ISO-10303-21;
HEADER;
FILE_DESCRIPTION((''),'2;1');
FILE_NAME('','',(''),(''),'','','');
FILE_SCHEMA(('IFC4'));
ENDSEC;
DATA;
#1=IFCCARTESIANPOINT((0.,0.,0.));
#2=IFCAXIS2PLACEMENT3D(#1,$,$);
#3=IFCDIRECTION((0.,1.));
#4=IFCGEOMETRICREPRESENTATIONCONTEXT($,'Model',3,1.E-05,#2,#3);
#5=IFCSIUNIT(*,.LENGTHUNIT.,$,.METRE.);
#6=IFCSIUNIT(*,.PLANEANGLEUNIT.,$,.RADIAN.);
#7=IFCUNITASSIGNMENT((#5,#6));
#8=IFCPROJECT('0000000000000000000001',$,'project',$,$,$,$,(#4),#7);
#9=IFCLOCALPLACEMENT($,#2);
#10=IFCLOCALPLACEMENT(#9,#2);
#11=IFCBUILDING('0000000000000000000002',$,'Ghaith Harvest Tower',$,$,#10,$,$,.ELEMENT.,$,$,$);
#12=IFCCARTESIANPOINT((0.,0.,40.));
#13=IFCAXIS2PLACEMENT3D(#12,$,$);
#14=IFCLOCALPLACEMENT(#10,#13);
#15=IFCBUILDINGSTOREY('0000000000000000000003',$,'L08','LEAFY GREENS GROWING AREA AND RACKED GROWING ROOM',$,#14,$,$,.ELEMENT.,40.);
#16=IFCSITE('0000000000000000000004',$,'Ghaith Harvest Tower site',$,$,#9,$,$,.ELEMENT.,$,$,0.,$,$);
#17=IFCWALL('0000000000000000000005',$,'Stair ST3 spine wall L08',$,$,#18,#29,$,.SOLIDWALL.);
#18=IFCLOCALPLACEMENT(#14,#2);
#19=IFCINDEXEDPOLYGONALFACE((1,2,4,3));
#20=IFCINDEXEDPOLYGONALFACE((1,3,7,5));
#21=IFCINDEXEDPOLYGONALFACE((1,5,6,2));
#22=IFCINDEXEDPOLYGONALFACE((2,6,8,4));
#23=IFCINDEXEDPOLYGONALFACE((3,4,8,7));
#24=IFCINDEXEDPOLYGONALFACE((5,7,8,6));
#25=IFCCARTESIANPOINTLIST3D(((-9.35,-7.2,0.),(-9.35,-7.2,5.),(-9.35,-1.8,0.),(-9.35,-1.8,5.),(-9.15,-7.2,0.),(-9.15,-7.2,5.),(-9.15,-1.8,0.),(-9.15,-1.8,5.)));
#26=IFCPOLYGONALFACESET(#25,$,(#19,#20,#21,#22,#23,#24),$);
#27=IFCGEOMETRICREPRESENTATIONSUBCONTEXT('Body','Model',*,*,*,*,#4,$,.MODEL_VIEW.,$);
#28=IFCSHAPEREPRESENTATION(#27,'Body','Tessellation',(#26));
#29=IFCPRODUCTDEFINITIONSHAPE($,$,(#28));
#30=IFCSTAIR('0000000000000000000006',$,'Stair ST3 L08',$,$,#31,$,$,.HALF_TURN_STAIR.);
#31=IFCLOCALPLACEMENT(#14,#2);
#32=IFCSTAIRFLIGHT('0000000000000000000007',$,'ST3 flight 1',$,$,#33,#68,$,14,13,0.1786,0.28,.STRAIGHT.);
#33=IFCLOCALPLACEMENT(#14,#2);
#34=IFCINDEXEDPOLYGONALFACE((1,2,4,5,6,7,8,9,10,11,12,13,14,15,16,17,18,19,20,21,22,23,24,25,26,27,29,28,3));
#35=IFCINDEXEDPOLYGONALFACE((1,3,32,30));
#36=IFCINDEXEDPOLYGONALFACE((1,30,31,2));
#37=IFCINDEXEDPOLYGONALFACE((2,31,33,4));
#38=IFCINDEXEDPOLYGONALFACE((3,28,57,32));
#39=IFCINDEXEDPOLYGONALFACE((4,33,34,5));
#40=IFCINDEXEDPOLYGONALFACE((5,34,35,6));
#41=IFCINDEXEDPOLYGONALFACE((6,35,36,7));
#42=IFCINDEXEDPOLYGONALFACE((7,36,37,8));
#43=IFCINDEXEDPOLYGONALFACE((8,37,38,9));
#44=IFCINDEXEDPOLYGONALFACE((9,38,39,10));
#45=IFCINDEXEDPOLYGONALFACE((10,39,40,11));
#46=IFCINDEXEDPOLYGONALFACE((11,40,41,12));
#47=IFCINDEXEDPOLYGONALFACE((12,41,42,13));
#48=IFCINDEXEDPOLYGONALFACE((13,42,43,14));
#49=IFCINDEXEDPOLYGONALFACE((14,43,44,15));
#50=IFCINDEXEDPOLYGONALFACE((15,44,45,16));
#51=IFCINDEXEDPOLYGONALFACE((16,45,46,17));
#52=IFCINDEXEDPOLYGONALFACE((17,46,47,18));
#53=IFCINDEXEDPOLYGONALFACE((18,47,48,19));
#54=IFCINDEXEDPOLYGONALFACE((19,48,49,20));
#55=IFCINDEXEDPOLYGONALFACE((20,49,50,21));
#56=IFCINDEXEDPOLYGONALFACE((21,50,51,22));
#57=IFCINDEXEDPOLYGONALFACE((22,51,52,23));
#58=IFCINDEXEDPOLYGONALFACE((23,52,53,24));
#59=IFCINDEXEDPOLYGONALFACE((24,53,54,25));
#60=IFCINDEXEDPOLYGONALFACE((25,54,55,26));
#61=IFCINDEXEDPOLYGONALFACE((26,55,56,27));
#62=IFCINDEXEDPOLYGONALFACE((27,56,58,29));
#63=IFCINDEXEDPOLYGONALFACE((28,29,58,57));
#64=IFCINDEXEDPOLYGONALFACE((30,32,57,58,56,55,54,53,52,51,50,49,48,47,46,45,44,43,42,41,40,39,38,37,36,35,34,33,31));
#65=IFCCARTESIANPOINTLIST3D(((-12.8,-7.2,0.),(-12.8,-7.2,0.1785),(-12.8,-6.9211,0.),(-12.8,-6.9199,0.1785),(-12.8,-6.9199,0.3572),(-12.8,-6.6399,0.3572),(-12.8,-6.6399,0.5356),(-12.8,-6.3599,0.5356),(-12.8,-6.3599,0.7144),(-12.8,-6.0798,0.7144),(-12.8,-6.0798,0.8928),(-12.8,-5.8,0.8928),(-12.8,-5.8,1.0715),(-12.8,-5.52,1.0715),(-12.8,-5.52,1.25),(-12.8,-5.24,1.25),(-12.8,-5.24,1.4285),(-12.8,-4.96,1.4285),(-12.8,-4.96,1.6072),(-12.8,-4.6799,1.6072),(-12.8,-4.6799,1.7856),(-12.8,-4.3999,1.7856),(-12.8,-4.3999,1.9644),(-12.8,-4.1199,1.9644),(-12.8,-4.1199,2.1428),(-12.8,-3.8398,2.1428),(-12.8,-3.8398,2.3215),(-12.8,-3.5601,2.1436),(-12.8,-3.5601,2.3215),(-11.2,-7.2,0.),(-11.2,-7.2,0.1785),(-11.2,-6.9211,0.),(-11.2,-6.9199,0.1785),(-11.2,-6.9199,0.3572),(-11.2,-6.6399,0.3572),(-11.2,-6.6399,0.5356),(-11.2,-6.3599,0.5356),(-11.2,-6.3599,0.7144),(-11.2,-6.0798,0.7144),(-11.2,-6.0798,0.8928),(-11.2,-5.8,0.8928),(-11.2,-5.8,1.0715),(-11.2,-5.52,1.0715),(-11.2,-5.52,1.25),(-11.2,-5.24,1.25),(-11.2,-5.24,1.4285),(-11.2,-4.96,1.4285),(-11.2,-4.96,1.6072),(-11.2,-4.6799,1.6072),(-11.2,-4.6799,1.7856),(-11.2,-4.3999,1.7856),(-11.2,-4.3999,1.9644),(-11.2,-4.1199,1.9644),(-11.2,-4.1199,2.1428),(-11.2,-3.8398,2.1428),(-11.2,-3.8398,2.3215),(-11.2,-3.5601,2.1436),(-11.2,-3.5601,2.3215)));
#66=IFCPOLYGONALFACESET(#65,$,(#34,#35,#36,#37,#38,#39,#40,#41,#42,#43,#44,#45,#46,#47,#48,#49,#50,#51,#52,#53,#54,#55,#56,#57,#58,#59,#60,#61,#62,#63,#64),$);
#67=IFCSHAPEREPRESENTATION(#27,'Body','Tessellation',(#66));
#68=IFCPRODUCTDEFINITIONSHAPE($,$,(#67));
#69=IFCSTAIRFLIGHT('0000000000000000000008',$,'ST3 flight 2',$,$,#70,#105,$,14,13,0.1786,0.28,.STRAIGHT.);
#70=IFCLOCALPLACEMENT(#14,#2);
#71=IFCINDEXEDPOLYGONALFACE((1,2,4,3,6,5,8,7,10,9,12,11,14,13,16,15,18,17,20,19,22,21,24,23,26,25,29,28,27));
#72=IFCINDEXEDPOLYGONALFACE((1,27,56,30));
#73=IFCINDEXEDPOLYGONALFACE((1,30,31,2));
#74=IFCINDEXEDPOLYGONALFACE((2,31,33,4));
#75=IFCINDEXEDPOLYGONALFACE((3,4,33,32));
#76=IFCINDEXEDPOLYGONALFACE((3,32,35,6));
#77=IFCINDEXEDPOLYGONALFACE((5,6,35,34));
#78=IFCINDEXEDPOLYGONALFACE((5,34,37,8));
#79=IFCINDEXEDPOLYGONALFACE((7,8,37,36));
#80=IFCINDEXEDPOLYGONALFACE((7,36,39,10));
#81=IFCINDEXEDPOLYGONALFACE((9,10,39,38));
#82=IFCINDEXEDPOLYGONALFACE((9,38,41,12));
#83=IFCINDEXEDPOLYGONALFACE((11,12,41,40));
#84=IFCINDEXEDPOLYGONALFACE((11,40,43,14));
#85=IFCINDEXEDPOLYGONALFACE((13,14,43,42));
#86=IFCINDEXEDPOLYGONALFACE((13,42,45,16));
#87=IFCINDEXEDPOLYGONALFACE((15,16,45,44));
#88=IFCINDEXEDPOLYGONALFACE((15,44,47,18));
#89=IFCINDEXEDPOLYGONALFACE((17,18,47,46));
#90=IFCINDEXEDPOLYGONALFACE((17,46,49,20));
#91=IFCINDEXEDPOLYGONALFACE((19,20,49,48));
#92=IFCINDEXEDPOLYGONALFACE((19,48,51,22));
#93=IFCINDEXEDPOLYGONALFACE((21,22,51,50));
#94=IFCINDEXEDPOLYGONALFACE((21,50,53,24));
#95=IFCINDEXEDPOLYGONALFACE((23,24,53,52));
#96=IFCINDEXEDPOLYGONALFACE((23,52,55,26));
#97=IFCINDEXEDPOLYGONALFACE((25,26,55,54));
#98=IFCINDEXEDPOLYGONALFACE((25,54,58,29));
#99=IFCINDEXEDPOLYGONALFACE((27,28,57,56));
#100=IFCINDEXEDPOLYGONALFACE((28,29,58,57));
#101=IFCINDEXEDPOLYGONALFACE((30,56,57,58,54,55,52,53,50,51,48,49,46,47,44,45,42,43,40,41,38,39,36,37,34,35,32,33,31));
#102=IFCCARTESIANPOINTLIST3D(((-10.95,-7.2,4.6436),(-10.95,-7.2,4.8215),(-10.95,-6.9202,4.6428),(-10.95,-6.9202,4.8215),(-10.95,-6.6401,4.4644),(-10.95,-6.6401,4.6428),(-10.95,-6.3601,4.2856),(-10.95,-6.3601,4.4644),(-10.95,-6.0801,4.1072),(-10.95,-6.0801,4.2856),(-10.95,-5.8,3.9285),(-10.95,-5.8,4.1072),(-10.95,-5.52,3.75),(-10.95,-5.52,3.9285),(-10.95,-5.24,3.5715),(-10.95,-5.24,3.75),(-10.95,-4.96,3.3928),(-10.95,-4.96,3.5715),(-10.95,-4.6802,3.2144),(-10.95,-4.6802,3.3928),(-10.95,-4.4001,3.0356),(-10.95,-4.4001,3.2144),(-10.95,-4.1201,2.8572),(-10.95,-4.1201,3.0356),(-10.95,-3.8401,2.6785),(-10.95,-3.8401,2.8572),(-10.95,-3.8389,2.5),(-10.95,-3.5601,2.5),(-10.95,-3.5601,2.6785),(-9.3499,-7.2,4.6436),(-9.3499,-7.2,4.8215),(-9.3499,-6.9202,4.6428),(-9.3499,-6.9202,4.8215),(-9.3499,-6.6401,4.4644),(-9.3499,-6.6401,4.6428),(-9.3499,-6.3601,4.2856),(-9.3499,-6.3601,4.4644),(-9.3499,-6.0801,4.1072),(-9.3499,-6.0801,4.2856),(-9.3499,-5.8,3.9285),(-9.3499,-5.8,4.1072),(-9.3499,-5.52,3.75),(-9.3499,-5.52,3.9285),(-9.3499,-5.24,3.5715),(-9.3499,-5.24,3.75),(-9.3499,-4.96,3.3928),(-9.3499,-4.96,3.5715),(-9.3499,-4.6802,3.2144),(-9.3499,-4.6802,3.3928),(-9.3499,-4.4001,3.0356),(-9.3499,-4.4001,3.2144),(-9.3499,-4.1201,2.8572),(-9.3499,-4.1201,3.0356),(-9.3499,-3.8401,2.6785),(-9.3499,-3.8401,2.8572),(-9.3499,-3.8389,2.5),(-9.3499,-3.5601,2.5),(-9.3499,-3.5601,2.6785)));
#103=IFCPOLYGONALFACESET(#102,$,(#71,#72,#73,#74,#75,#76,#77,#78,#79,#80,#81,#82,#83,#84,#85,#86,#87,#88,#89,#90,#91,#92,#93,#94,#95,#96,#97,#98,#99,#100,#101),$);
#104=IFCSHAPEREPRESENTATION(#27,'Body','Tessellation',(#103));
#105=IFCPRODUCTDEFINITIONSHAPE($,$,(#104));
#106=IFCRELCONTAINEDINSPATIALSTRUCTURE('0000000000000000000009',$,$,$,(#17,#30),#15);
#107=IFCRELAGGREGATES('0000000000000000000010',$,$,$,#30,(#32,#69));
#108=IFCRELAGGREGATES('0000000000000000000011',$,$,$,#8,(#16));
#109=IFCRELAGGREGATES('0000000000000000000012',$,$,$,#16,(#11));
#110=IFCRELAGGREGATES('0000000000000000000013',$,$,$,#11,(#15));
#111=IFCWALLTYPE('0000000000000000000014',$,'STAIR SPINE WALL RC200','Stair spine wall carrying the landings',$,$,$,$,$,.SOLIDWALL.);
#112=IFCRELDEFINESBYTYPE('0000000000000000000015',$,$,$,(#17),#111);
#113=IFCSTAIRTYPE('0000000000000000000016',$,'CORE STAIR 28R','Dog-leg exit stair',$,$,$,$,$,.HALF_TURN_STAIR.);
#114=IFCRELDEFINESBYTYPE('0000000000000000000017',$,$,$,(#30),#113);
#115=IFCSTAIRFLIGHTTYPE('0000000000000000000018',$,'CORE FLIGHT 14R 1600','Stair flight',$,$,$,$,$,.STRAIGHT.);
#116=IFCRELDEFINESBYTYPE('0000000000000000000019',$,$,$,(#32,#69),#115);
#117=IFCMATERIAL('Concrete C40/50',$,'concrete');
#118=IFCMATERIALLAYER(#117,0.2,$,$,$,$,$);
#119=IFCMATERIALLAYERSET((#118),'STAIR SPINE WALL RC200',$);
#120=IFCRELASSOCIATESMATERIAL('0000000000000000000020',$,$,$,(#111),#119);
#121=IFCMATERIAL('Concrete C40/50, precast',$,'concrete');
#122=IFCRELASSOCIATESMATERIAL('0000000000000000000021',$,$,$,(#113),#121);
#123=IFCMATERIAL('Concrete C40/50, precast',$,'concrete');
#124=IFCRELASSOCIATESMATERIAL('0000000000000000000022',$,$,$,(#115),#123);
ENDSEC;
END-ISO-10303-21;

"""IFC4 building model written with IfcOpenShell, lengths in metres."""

from ifc_helpers import new_model, si_unit, direction, frame, frame_2d, origin, place, context, subcontext, project, spatial, polyline, rectangle, outline, extrude, material, layer, layer_set, type_object, element, aggregate, save


model = new_model("IFC4")

# Units and contexts
model_context = context("Model", 3, precision=1e-05, world=origin(), true_north=direction((0.0, 1.0)))
body_context = subcontext(model_context, "Body", "Model", "MODEL_VIEW")
ifc_project = project(units=[si_unit("LENGTHUNIT", "METRE"), si_unit("PLANEANGLEUNIT", "RADIAN")], contexts=[model_context])

# Site, building, storey
site_placement = place(None, origin())
site = spatial("IfcSite", under=ifc_project, at=site_placement, Name="Ghaith Harvest Tower site", CompositionType="ELEMENT", RefElevation=0.0)
building_placement = place(site_placement, origin())
building = spatial("IfcBuilding", under=site, at=building_placement, Name="Ghaith Harvest Tower", CompositionType="ELEMENT")
storey_placement = place(building_placement, frame((0.0, 0.0, 40.0)))
storey = spatial("IfcBuildingStorey", under=building, at=storey_placement, Name="L08", Description="LEAFY GREENS GROWING AREA AND RACKED GROWING ROOM", CompositionType="ELEMENT", Elevation=40.0)

# Wall
ifc_material_1 = material(Name="Concrete C40/50", Category="concrete")
ifc_layer_1 = layer(ifc_material_1, 0.2)
ifc_layer_set_1 = layer_set([ifc_layer_1], Name="STAIR SPINE WALL RC200")
wall_type_1 = type_object("IfcWallType", Name="STAIR SPINE WALL RC200", Description="Stair spine wall carrying the landings", PredefinedType="SOLIDWALL", material=ifc_layer_set_1)
wall_1_placement = place(storey_placement, frame((-9.25, -7.2, 0.0), z_axis=(0.0, 0.0, 1.0), x_axis=(0.0, 1.0, 0.0)))
element("IfcWall", 1, at=wall_1_placement, inside=storey, type_object=wall_type_1, Name="Stair ST3 spine wall L08", PredefinedType="SOLIDWALL", context=body_context, shape_type="SweptSolid", body=[
    extrude(rectangle(XDim=5.3999, YDim=0.2, at=frame_2d((2.7, 0.0))), origin(), (0.0, 0.0, 1.0), 5.0),
])

# Stair, stair flights
ifc_material_2 = material(Name="Concrete C40/50, precast", Category="concrete")
stair_type = type_object("IfcStairType", Name="CORE STAIR 28R", Description="Dog-leg exit stair", PredefinedType="HALF_TURN_STAIR", material=ifc_material_2)
stair_placement = place(storey_placement, origin())
stair = element("IfcStair", 2, at=stair_placement, inside=storey, type_object=stair_type, Name="Stair ST3 L08", PredefinedType="HALF_TURN_STAIR")
ifc_material_3 = material(Name="Concrete C40/50, precast", Category="concrete")
stair_flight_type = type_object("IfcStairFlightType", Name="CORE FLIGHT 14R 1600", Description="Stair flight", PredefinedType="STRAIGHT", material=ifc_material_3)
stair_flight_1_placement = place(storey_placement, frame((-12.0, -7.2, 0.0), z_axis=(0.0, 0.0, 1.0), x_axis=(0.0, 1.0, 0.0)))
stair_flight_1 = element("IfcStairFlight", 3, at=stair_flight_1_placement, type_object=stair_flight_type, Name="ST3 flight 1", NumberOfRisers=14, NumberOfTreads=13, PredefinedType="STRAIGHT", RiserHeight=0.1786, TreadLength=0.28, context=body_context, shape_type="SweptSolid", body=[
    extrude(outline(polyline([(0.0, 0.0), (0.0, 0.1785), (0.28, 0.1785), (0.28, 0.3572), (0.5601, 0.3572), (0.5601, 0.5356), (0.8401, 0.5356), (0.8401, 0.7144), (1.1201, 0.7144), (1.1201, 0.8928), (1.3999, 0.8928), (1.3999, 1.0715), (1.6799, 1.0715), (1.6799, 1.25), (1.96, 1.25), (1.96, 1.4285), (2.24, 1.4285), (2.24, 1.6072), (2.52, 1.6072), (2.52, 1.7856), (2.8, 1.7856), (2.8, 1.9644), (3.0801, 1.9644), (3.0801, 2.1428), (3.3601, 2.1428), (3.3601, 2.3215), (3.6399, 2.3215), (3.6399, 2.5), (3.6399, 2.1436), (0.2788, 0.0), (0.0, 0.0)])), frame((0.0, 0.8, 0.0), z_axis=(0.0, -1.0, 0.0), x_axis=(1.0, 0.0, 0.0)), (0.0, 0.0, 1.0), 1.6001),
])
stair_flight_2_placement = place(storey_placement, frame((-10.1499, -3.5601, 2.5), z_axis=(0.0, 0.0, 1.0), x_axis=(0.0, -1.0, 0.0)))
stair_flight_2 = element("IfcStairFlight", 4, at=stair_flight_2_placement, type_object=stair_flight_type, Name="ST3 flight 2", NumberOfRisers=14, NumberOfTreads=13, PredefinedType="STRAIGHT", RiserHeight=0.1786, TreadLength=0.28, context=body_context, shape_type="SweptSolid", body=[
    extrude(outline(polyline([(0.0, 0.0), (0.0, 0.1785), (0.28, 0.1785), (0.28, 0.3572), (0.5601, 0.3572), (0.5601, 0.5356), (0.8401, 0.5356), (0.8401, 0.7144), (1.1201, 0.7144), (1.1201, 0.8928), (1.3999, 0.8928), (1.3999, 1.0715), (1.6799, 1.0715), (1.6799, 1.25), (1.96, 1.25), (1.96, 1.4285), (2.24, 1.4285), (2.24, 1.6072), (2.52, 1.6072), (2.52, 1.7856), (2.8, 1.7856), (2.8, 1.9644), (3.0801, 1.9644), (3.0801, 2.1428), (3.3601, 2.1428), (3.3601, 2.3215), (3.6399, 2.3215), (3.6399, 2.5), (3.6399, 2.1436), (0.2788, 0.0), (0.0, 0.0)])), frame((0.0, 0.8, 0.0), z_axis=(0.0, -1.0, 0.0), x_axis=(1.0, 0.0, 0.0)), (0.0, 0.0, 1.0), 1.6001),
])
aggregate(stair, [stair_flight_1, stair_flight_2])

save(model, "model.ifc")
